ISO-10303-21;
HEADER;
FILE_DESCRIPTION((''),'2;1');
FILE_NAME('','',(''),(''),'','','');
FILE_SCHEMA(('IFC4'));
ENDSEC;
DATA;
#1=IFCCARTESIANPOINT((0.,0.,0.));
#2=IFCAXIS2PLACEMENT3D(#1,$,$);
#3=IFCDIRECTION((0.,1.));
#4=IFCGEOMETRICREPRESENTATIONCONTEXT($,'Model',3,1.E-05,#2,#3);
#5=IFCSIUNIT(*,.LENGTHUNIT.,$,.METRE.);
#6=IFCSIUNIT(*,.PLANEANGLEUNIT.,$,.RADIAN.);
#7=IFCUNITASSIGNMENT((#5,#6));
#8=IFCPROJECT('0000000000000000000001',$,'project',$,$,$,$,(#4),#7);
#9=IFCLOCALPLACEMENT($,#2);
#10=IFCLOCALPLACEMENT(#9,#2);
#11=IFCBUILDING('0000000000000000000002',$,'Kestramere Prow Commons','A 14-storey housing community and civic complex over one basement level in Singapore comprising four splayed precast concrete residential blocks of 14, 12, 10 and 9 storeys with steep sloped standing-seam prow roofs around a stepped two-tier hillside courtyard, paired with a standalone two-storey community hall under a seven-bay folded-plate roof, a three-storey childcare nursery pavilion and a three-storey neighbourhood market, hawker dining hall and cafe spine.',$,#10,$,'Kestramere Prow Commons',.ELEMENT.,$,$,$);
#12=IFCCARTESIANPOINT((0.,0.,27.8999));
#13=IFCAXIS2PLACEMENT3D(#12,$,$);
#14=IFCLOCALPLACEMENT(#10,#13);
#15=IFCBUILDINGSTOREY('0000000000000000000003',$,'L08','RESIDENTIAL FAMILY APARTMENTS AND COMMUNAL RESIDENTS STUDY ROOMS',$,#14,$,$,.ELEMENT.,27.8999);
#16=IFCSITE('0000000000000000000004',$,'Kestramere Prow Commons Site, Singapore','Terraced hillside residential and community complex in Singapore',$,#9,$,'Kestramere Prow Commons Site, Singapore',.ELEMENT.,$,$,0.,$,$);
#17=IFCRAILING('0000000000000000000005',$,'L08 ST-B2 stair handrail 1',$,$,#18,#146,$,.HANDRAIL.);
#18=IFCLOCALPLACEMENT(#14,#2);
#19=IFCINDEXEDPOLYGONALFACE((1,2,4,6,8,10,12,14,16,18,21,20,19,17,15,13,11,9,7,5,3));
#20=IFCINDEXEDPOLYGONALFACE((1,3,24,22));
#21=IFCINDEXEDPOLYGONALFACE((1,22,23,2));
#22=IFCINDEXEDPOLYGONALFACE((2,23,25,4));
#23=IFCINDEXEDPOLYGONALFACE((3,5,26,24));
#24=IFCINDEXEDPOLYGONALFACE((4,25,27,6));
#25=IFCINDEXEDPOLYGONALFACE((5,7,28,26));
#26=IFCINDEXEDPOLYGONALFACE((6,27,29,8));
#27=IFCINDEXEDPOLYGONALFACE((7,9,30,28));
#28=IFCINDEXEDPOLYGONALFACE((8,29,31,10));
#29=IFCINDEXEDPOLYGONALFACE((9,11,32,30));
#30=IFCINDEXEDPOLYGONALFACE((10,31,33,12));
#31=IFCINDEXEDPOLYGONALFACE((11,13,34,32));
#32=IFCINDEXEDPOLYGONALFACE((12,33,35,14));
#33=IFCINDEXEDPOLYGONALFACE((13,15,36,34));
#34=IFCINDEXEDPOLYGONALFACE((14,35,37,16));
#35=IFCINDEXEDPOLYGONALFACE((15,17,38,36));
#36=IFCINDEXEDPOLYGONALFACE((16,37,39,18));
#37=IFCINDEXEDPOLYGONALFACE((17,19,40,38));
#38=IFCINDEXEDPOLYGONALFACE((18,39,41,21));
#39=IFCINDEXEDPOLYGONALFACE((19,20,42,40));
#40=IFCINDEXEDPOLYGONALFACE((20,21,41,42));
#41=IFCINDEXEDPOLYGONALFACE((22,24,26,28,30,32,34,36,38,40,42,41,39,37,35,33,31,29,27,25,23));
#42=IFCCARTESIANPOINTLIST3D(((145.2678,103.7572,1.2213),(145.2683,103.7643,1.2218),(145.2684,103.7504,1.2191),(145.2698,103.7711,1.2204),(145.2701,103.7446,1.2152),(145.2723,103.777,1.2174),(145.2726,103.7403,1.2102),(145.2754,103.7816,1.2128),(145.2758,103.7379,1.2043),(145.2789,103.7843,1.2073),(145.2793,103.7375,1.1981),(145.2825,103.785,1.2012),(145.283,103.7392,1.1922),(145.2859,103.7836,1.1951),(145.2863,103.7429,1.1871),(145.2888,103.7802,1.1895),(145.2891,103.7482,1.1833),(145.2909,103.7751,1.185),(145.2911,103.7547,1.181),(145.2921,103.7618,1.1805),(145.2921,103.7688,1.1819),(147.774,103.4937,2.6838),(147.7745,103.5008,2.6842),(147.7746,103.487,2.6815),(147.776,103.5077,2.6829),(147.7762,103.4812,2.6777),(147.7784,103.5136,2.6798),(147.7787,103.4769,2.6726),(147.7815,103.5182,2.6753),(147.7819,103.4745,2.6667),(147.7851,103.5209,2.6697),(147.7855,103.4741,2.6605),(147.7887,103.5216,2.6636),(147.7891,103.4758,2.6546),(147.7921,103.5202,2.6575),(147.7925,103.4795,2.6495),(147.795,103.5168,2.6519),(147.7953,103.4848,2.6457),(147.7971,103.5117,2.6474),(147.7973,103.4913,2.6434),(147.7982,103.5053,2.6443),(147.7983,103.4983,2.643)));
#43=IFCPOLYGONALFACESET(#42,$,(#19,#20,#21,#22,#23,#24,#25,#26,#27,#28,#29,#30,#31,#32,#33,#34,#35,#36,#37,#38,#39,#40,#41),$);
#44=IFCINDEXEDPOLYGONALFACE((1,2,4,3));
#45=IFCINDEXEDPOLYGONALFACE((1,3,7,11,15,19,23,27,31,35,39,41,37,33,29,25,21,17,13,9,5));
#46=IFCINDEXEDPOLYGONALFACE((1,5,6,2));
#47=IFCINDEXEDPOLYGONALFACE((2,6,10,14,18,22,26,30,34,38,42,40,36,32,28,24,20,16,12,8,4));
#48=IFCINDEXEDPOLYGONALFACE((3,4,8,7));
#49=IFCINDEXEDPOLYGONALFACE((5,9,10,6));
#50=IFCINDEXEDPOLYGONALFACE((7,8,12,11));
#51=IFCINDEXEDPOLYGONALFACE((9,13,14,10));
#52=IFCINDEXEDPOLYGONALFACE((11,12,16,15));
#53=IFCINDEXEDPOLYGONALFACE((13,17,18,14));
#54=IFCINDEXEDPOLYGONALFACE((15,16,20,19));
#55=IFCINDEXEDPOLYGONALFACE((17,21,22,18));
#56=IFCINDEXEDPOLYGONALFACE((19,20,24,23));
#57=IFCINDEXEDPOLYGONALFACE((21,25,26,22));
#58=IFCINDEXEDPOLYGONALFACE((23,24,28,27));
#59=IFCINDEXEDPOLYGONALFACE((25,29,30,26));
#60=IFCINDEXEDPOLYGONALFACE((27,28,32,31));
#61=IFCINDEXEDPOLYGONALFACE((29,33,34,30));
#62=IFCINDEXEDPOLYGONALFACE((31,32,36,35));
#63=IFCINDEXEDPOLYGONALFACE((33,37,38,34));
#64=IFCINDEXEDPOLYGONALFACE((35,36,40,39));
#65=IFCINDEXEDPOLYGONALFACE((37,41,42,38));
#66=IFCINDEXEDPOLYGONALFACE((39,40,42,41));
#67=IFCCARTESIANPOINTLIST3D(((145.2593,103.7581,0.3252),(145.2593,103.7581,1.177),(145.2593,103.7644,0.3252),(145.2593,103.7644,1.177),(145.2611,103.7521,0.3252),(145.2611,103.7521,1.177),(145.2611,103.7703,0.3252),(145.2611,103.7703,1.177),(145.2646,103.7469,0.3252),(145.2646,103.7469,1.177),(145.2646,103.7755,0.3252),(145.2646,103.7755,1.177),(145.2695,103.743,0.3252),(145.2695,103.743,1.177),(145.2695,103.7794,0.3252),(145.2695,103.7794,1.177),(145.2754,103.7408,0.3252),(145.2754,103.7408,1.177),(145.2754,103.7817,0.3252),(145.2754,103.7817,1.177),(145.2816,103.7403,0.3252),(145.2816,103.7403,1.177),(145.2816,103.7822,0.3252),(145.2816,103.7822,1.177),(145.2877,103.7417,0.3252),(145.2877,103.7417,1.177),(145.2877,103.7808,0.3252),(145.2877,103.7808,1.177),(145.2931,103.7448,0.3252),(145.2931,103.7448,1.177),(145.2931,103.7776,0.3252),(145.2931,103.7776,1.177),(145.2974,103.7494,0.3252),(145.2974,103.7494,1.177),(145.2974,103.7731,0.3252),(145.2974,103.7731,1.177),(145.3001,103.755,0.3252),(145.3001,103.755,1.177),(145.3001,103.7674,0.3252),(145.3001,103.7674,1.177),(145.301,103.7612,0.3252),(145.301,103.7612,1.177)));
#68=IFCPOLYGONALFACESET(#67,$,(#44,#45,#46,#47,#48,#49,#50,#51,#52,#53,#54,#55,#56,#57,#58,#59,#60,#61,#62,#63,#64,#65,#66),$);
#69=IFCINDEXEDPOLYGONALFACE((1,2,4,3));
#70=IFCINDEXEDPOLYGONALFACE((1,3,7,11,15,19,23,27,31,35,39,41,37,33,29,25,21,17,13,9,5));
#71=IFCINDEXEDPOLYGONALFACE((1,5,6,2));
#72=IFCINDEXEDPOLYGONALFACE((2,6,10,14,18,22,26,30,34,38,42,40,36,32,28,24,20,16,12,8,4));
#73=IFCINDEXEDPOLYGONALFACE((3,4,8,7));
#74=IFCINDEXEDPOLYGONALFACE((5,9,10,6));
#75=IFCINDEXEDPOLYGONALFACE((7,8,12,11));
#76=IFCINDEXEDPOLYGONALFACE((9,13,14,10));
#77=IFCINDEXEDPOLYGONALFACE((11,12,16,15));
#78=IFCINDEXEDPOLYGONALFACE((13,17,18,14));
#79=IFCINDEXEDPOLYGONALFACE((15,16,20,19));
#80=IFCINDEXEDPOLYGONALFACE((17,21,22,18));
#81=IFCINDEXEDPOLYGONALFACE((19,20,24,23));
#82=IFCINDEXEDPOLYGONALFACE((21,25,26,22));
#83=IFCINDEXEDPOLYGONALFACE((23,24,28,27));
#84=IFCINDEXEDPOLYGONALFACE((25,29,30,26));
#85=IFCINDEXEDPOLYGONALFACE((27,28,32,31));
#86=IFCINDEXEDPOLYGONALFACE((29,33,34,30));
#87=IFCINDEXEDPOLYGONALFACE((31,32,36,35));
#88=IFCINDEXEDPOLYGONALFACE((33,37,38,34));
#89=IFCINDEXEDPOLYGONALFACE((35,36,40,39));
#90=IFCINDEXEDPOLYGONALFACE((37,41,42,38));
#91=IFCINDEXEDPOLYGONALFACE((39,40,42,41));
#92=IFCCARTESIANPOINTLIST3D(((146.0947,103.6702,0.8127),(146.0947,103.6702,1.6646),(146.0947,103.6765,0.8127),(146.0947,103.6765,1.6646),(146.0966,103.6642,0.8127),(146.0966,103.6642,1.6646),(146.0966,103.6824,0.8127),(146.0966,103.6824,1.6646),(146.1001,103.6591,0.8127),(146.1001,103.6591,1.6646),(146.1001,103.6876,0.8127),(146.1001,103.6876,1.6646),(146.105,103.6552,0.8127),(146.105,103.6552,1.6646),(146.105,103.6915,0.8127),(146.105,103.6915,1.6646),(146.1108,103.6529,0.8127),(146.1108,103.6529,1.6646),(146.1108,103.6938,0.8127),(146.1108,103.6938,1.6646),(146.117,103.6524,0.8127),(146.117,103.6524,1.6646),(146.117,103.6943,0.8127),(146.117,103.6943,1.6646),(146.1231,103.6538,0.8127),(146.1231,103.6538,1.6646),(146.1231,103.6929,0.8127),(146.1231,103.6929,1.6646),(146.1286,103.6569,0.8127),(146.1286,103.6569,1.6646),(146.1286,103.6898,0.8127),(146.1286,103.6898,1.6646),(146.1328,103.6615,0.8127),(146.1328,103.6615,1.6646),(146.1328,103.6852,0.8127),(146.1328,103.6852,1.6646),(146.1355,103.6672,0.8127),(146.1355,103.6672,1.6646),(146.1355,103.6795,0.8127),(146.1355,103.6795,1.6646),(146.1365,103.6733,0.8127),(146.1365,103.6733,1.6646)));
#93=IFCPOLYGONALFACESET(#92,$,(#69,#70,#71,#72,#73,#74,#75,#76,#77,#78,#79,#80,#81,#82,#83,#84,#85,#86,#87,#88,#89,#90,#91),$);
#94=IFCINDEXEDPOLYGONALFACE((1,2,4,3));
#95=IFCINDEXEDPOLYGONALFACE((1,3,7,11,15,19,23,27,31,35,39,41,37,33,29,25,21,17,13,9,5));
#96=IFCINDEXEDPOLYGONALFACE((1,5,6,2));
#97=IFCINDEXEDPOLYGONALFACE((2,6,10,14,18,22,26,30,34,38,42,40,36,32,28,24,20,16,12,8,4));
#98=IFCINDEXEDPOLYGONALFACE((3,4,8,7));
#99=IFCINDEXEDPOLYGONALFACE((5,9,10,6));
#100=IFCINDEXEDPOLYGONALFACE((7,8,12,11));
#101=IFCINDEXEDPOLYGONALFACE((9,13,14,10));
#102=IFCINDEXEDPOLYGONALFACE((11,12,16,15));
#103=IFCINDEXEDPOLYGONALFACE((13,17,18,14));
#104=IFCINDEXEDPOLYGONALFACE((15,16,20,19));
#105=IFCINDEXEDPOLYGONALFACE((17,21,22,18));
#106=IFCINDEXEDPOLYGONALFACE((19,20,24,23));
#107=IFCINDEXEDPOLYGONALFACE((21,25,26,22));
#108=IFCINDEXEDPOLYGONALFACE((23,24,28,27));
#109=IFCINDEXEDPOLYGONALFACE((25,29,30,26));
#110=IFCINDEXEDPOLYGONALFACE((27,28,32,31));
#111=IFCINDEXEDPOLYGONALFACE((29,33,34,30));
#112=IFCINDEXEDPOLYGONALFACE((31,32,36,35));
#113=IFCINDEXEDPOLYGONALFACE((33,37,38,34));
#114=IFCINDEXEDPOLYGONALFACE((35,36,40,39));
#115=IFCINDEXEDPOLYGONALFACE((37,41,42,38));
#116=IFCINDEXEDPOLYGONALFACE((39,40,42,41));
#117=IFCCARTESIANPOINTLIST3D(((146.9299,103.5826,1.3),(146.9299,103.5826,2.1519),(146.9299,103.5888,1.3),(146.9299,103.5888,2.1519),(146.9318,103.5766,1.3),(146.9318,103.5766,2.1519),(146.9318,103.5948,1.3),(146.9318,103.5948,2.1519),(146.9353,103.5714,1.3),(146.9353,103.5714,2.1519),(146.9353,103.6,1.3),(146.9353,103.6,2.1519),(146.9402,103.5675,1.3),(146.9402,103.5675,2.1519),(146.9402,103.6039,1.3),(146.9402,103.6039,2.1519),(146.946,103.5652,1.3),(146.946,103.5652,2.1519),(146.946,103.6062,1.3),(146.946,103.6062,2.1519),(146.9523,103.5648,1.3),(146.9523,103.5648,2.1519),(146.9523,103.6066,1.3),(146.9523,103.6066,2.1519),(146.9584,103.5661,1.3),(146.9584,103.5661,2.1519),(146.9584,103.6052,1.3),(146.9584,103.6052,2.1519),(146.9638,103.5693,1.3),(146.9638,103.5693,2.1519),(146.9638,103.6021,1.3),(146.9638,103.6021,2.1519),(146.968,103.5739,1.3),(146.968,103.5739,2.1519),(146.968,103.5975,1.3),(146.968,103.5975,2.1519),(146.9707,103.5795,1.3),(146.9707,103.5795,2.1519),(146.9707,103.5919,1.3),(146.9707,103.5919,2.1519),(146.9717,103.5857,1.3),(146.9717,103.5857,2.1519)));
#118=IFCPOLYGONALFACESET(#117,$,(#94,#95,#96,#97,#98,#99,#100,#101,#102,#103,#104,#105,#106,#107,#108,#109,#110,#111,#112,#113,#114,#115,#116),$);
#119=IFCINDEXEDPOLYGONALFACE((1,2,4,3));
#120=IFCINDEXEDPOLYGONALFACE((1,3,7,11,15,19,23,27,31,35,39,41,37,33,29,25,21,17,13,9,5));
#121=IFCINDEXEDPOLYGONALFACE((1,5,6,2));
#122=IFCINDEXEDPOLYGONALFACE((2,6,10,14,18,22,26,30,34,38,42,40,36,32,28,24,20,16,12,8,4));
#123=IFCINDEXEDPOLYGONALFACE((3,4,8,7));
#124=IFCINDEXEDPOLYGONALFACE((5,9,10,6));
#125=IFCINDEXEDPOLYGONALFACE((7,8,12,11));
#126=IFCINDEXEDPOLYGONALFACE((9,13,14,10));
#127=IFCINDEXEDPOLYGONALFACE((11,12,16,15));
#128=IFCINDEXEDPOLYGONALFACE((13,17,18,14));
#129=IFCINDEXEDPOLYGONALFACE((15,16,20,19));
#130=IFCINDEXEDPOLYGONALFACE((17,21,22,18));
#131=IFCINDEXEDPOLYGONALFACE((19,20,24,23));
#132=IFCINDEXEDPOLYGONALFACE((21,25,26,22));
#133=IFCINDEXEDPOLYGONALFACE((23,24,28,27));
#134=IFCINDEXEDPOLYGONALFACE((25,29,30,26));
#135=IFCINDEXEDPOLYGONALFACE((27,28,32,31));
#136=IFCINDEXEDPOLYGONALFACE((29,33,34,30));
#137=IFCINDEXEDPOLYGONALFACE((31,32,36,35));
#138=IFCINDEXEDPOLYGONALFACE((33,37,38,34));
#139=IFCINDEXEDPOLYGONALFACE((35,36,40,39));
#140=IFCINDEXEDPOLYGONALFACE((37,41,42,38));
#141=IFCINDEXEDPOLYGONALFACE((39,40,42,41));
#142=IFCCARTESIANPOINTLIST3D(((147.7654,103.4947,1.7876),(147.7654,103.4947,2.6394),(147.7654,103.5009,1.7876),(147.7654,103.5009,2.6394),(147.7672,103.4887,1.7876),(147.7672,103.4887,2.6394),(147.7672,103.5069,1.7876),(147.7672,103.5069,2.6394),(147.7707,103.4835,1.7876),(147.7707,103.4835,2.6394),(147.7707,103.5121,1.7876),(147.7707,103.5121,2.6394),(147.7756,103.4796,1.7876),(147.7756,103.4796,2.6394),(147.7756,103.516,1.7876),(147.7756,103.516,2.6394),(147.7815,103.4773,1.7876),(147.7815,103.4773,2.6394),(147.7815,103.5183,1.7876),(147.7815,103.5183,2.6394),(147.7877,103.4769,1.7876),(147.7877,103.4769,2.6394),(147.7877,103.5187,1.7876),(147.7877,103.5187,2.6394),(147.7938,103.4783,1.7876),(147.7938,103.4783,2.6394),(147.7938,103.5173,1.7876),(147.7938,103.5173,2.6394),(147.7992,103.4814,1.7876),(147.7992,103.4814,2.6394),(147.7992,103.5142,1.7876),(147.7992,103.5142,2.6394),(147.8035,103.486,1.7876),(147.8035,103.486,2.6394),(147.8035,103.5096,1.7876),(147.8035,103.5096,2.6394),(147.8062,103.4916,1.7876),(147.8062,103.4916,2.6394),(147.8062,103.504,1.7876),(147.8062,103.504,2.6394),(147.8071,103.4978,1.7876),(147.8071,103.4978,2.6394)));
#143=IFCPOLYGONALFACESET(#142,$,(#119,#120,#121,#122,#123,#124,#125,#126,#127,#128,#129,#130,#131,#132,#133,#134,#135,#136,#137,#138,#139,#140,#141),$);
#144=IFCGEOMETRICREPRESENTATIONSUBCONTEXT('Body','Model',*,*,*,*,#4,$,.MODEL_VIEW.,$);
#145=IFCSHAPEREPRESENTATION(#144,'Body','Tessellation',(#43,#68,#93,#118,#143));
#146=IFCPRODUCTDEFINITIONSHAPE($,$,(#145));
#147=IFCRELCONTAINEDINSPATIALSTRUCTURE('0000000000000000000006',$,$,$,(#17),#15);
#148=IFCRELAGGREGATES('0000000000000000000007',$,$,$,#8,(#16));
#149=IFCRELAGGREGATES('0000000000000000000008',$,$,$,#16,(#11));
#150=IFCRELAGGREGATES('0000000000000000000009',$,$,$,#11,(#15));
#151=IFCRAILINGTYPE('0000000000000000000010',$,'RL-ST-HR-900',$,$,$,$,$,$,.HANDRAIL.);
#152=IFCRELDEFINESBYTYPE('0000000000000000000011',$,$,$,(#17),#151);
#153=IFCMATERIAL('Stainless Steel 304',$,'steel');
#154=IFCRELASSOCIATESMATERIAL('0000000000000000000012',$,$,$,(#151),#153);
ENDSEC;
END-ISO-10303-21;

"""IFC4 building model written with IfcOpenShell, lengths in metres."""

from ifc_helpers import new_model, si_unit, direction, frame, origin, origin_2d, place, context, subcontext, project, spatial, circle, extrude, material, type_object, element, save


model = new_model("IFC4")

# Units and contexts
model_context = context("Model", 3, precision=1e-05, world=origin(), true_north=direction((0.0, 1.0)))
body_context = subcontext(model_context, "Body", "Model", "MODEL_VIEW")
ifc_project = project(units=[si_unit("LENGTHUNIT", "METRE"), si_unit("PLANEANGLEUNIT", "RADIAN")], contexts=[model_context])

# Site, building, storey
site_placement = place(None, origin())
site = spatial("IfcSite", under=ifc_project, at=site_placement, Name="Kestramere Prow Commons Site, Singapore", Description="Terraced hillside residential and community complex in Singapore", LongName="Kestramere Prow Commons Site, Singapore", CompositionType="ELEMENT", RefElevation=0.0)
building_placement = place(site_placement, origin())
building = spatial("IfcBuilding", under=site, at=building_placement, Name="Kestramere Prow Commons", Description="A 14-storey housing community and civic complex over one basement level in Singapore comprising four splayed precast concrete residential blocks of 14, 12, 10 and 9 storeys with steep sloped standing-seam prow roofs around a stepped two-tier hillside courtyard, paired with a standalone two-storey community hall under a seven-bay folded-plate roof, a three-storey childcare nursery pavilion and a three-storey neighbourhood market, hawker dining hall and cafe spine.", LongName="Kestramere Prow Commons", CompositionType="ELEMENT")
storey_placement = place(building_placement, frame((0.0, 0.0, 27.8999)))
storey = spatial("IfcBuildingStorey", under=building, at=storey_placement, Name="L08", Description="RESIDENTIAL FAMILY APARTMENTS AND COMMUNAL RESIDENTS STUDY ROOMS", CompositionType="ELEMENT", Elevation=27.8999)

# Railing
ifc_material_1 = material(Name="Stainless Steel 304", Category="steel")
railing_type_1 = type_object("IfcRailingType", Name="RL-ST-HR-900", PredefinedType="HANDRAIL", material=ifc_material_1)
railing_1_placement = place(storey_placement, frame((145.28, 103.7612, 0.3252)))
element("IfcRailing", 1, at=railing_1_placement, inside=storey, type_object=railing_type_1, Name="L08 ST-B2 stair handrail 1", PredefinedType="HANDRAIL", context=body_context, shape_type="SweptSolid", body=[
    extrude(circle(Radius=0.0239, at=origin_2d()), frame((0.0, 0.0, 0.876), z_axis=(0.860165, -0.090416, 0.501937), x_axis=(0.104539, 0.994521, 0.0)), (0.0, 0.0, 1.0), 2.9136),
    extrude(circle(Radius=0.021, at=origin_2d()), origin(), (0.0, 0.0, 1.0), 0.8518),
    extrude(circle(Radius=0.021, at=origin_2d()), frame((0.8354, -0.0879, 0.4875)), (0.0, 0.0, 1.0), 0.8518),
    extrude(circle(Radius=0.021, at=origin_2d()), frame((1.6707, -0.1755, 0.9749)), (0.0, 0.0, 1.0), 0.8518),
    extrude(circle(Radius=0.021, at=origin_2d()), frame((2.5061, -0.2634, 1.4624)), (0.0, 0.0, 1.0), 0.8518),
])

save(model, "model.ifc")
